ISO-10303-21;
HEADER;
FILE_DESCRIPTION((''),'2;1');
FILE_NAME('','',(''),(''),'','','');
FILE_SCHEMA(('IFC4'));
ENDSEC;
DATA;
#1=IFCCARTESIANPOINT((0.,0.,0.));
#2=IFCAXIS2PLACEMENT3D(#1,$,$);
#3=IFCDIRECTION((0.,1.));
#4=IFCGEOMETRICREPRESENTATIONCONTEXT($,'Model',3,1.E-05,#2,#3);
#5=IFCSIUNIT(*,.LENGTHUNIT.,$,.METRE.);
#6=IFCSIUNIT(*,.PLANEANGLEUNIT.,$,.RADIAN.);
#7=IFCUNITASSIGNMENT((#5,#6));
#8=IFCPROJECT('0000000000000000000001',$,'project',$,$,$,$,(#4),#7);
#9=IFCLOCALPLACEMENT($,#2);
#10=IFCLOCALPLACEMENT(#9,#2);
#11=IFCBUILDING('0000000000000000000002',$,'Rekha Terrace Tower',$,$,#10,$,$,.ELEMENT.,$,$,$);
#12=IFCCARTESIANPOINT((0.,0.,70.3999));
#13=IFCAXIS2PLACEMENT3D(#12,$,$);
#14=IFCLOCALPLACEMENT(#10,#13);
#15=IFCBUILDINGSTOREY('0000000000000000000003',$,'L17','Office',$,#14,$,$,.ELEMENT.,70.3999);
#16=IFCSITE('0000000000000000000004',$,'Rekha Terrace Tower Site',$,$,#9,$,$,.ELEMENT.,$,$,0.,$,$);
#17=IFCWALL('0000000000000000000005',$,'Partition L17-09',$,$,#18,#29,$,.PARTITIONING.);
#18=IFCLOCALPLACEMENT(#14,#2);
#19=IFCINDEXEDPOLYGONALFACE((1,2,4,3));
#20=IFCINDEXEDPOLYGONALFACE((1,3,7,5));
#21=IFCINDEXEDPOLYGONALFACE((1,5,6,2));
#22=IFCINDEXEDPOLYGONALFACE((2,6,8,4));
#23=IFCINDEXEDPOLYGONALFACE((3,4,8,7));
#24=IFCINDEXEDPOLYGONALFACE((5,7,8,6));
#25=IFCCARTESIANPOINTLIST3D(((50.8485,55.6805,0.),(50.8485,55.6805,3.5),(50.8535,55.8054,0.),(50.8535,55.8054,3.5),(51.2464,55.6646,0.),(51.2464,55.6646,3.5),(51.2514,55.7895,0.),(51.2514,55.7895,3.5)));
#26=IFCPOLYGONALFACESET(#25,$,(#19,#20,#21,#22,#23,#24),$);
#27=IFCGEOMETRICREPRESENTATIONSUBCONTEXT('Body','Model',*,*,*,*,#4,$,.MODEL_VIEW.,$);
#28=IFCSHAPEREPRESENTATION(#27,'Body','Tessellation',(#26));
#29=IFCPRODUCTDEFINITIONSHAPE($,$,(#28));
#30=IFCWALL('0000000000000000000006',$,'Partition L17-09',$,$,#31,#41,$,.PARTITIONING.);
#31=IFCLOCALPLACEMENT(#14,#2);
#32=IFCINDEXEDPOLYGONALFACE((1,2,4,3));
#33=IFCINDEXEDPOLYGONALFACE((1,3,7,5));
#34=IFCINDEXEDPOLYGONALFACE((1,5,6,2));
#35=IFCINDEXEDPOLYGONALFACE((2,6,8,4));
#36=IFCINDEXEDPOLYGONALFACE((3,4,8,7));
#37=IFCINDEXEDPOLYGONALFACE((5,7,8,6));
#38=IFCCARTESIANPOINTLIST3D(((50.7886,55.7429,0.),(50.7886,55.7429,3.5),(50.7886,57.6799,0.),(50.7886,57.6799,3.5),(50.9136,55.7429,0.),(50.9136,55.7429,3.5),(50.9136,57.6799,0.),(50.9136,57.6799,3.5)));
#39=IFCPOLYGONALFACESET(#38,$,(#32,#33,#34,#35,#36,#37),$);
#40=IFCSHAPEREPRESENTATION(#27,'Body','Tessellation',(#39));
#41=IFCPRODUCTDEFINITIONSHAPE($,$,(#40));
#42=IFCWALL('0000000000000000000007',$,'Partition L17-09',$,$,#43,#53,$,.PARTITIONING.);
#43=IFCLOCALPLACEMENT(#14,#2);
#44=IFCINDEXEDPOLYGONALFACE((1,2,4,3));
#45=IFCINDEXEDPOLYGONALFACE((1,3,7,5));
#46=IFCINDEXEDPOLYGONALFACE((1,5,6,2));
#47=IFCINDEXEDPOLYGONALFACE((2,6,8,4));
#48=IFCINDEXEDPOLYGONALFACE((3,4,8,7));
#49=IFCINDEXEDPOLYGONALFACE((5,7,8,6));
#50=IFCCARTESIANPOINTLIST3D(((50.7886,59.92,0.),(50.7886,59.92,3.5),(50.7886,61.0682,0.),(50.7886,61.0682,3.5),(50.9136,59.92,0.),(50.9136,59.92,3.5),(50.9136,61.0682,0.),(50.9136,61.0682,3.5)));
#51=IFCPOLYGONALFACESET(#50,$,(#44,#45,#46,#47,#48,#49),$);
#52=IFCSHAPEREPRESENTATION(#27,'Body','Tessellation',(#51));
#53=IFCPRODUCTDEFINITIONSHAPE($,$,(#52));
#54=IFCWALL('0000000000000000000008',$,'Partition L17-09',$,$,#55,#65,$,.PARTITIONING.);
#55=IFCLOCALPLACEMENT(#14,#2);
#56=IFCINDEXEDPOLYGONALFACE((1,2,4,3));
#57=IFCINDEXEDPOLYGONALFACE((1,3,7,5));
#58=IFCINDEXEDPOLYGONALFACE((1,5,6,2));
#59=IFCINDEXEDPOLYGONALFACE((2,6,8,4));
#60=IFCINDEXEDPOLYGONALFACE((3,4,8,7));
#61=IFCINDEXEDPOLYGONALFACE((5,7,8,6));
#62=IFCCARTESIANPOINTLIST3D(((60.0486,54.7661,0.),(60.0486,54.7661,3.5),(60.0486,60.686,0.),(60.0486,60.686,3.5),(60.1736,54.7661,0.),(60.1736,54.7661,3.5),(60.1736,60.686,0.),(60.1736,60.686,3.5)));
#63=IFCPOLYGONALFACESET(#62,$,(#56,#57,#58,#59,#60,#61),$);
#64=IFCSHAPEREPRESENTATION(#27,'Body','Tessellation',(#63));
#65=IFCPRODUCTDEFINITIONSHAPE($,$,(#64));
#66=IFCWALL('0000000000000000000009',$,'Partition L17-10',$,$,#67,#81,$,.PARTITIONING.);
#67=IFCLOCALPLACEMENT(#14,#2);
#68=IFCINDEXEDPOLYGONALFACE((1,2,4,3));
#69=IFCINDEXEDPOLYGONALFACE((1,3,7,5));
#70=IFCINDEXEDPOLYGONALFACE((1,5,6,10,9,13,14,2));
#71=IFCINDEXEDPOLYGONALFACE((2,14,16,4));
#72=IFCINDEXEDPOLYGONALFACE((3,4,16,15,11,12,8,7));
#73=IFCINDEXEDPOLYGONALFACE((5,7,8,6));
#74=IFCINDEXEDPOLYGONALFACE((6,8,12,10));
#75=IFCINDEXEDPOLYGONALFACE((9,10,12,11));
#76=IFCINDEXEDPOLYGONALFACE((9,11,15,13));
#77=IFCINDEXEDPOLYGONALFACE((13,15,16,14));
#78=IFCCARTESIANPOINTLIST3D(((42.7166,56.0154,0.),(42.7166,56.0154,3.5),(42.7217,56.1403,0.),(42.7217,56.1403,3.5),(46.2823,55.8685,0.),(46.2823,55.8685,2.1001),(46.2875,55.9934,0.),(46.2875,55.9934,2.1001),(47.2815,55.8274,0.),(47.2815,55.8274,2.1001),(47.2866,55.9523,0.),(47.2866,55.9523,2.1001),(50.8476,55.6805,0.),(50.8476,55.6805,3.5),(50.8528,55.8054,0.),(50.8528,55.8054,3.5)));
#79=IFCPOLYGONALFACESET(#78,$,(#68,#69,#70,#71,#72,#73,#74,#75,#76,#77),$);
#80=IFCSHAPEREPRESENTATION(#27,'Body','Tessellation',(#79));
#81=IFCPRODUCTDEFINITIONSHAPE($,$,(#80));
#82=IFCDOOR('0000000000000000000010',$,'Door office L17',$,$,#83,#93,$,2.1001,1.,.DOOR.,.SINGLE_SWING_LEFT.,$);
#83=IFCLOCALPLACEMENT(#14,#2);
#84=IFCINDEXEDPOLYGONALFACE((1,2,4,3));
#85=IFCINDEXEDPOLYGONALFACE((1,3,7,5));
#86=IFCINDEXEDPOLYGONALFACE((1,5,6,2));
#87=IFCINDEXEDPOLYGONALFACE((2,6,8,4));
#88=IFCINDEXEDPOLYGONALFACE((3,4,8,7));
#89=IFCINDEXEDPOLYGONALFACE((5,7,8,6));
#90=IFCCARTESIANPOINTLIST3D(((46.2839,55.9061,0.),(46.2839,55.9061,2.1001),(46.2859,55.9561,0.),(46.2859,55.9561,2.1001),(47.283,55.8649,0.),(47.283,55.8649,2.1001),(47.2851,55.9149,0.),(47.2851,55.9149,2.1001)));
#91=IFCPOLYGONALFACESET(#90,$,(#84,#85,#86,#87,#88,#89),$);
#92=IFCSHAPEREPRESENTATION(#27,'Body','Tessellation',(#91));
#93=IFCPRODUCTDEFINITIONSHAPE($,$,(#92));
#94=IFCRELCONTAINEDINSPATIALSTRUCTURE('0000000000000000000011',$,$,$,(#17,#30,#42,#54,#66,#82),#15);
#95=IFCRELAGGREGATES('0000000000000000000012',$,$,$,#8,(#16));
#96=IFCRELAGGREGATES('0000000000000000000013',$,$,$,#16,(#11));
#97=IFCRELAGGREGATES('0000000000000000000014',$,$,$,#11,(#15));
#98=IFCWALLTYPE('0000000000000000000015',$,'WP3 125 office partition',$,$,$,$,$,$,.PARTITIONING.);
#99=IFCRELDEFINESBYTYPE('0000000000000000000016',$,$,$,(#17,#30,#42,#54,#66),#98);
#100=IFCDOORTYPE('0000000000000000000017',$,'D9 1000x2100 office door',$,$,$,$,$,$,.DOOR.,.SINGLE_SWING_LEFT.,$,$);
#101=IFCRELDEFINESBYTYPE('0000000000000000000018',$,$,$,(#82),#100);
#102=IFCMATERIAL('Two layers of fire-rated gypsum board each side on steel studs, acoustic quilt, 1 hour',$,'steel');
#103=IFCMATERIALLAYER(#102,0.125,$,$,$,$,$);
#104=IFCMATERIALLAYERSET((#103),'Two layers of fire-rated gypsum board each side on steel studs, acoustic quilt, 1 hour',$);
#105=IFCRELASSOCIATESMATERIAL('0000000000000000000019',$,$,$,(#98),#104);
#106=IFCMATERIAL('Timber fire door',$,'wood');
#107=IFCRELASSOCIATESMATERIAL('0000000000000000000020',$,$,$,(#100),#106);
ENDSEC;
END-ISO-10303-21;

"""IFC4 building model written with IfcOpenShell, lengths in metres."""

from ifc_helpers import new_model, si_unit, direction, frame, frame_2d, origin, place, context, subcontext, project, spatial, rectangle, extrude, material, layer, layer_set, type_object, element, fill, save


model = new_model("IFC4")

# Units and contexts
model_context = context("Model", 3, precision=1e-05, world=origin(), true_north=direction((0.0, 1.0)))
body_context = subcontext(model_context, "Body", "Model", "MODEL_VIEW")
ifc_project = project(units=[si_unit("LENGTHUNIT", "METRE"), si_unit("PLANEANGLEUNIT", "RADIAN")], contexts=[model_context])

# Site, building, storey
site_placement = place(None, origin())
site = spatial("IfcSite", under=ifc_project, at=site_placement, Name="Rekha Terrace Tower Site", CompositionType="ELEMENT", RefElevation=0.0)
building_placement = place(site_placement, origin())
building = spatial("IfcBuilding", under=site, at=building_placement, Name="Rekha Terrace Tower", CompositionType="ELEMENT")
storey_placement = place(building_placement, frame((0.0, 0.0, 70.3999)))
storey = spatial("IfcBuildingStorey", under=building, at=storey_placement, Name="L17", Description="Office", CompositionType="ELEMENT", Elevation=70.3999)

# Walls
ifc_material_1 = material(Name="Two layers of fire-rated gypsum board each side on steel studs, acoustic quilt, 1 hour", Category="steel")
ifc_layer_1 = layer(ifc_material_1, 0.125)
ifc_layer_set_1 = layer_set([ifc_layer_1], Name="Two layers of fire-rated gypsum board each side on steel studs, acoustic quilt, 1 hour")
wall_type_1 = type_object("IfcWallType", Name="WP3 125 office partition", PredefinedType="PARTITIONING", material=ifc_layer_set_1)
wall_1_placement = place(storey_placement, frame((51.249, 55.7271, 0.0), z_axis=(0.0, 0.0, 1.0), x_axis=(-0.999206, 0.039846, 0.0)))
element("IfcWall", 1, at=wall_1_placement, inside=storey, type_object=wall_type_1, Name="Partition L17-09", PredefinedType="PARTITIONING", context=body_context, shape_type="SweptSolid", body=[
    extrude(rectangle(XDim=0.3982, YDim=0.125, at=frame_2d((0.1992, 0.0))), origin(), (0.0, 0.0, 1.0), 3.5),
])
wall_2_placement = place(storey_placement, frame((50.8511, 55.7429, 0.0), z_axis=(0.0, 0.0, 1.0), x_axis=(0.0, 1.0, 0.0)))
element("IfcWall", 2, at=wall_2_placement, inside=storey, type_object=wall_type_1, Name="Partition L17-09", PredefinedType="PARTITIONING", context=body_context, shape_type="SweptSolid", body=[
    extrude(rectangle(XDim=1.937, YDim=0.125, at=frame_2d((0.9685, 0.0))), origin(), (0.0, 0.0, 1.0), 3.5),
])
wall_3_placement = place(storey_placement, frame((50.8511, 59.9199, 0.0), z_axis=(0.0, 0.0, 1.0), x_axis=(0.0, 1.0, 0.0)))
element("IfcWall", 3, at=wall_3_placement, inside=storey, type_object=wall_type_1, Name="Partition L17-09", PredefinedType="PARTITIONING", context=body_context, shape_type="SweptSolid", body=[
    extrude(rectangle(XDim=1.1482, YDim=0.125, at=frame_2d((0.5742, 0.0))), origin(), (0.0, 0.0, 1.0), 3.5),
])
wall_4_placement = place(storey_placement, frame((60.1111, 60.686, 0.0), z_axis=(0.0, 0.0, 1.0), x_axis=(0.0, -1.0, 0.0)))
element("IfcWall", 4, at=wall_4_placement, inside=storey, type_object=wall_type_1, Name="Partition L17-09", PredefinedType="PARTITIONING", context=body_context, shape_type="SweptSolid", body=[
    extrude(rectangle(XDim=5.9199, YDim=0.125, at=frame_2d((2.96, 0.0))), origin(), (0.0, 0.0, 1.0), 3.5),
])

# Wall, opening, door
wall_5_placement = place(storey_placement, frame((50.8501, 55.7429, 0.0), z_axis=(0.0, 0.0, 1.0), x_axis=(-0.999153, 0.04116, 0.0)))
wall_5 = element("IfcWall", 5, at=wall_5_placement, inside=storey, type_object=wall_type_1, Name="Partition L17-10", PredefinedType="PARTITIONING", context=body_context, shape_type="SweptSolid", body=[
    extrude(rectangle(XDim=8.1379, YDim=0.125, at=frame_2d((4.0688, 0.0))), origin(), (0.0, 0.0, 1.0), 3.5),
])
opening_placement = place(wall_5_placement, frame((3.5691, 0.0, 0.0)))
opening = element("IfcOpeningElement", 6, at=opening_placement, cuts=wall_5, PredefinedType="OPENING", context=body_context, shape_type="SweptSolid", body=[
    extrude(rectangle(XDim=1.0, YDim=2.1001, at=frame_2d((0.5, 1.05))), frame((0.0, 0.0725, 0.0), z_axis=(0.0, -1.0, 0.0), x_axis=(1.0, 0.0, 0.0)), (0.0, 0.0, 1.0), 0.145),
])
ifc_material_2 = material(Name="Timber fire door", Category="wood")
door_type = type_object("IfcDoorType", Name="D9 1000x2100 office door", OperationType="SINGLE_SWING_LEFT", PredefinedType="DOOR", material=ifc_material_2)
door_placement = place(opening_placement, origin())
door = element("IfcDoor", 7, at=door_placement, inside=storey, type_object=door_type, Name="Door office L17", OperationType="SINGLE_SWING_LEFT", OverallHeight=2.1001, OverallWidth=1.0, PredefinedType="DOOR", context=body_context, shape_type="SweptSolid", body=[
    extrude(rectangle(XDim=1.0, YDim=2.1001, at=frame_2d((0.5, 1.05))), frame((0.0, 0.0249, 0.0), z_axis=(0.0, -1.0, 0.0), x_axis=(1.0, 0.0, 0.0)), (0.0, 0.0, 1.0), 0.05),
])
fill(opening, door)

save(model, "model.ifc")
